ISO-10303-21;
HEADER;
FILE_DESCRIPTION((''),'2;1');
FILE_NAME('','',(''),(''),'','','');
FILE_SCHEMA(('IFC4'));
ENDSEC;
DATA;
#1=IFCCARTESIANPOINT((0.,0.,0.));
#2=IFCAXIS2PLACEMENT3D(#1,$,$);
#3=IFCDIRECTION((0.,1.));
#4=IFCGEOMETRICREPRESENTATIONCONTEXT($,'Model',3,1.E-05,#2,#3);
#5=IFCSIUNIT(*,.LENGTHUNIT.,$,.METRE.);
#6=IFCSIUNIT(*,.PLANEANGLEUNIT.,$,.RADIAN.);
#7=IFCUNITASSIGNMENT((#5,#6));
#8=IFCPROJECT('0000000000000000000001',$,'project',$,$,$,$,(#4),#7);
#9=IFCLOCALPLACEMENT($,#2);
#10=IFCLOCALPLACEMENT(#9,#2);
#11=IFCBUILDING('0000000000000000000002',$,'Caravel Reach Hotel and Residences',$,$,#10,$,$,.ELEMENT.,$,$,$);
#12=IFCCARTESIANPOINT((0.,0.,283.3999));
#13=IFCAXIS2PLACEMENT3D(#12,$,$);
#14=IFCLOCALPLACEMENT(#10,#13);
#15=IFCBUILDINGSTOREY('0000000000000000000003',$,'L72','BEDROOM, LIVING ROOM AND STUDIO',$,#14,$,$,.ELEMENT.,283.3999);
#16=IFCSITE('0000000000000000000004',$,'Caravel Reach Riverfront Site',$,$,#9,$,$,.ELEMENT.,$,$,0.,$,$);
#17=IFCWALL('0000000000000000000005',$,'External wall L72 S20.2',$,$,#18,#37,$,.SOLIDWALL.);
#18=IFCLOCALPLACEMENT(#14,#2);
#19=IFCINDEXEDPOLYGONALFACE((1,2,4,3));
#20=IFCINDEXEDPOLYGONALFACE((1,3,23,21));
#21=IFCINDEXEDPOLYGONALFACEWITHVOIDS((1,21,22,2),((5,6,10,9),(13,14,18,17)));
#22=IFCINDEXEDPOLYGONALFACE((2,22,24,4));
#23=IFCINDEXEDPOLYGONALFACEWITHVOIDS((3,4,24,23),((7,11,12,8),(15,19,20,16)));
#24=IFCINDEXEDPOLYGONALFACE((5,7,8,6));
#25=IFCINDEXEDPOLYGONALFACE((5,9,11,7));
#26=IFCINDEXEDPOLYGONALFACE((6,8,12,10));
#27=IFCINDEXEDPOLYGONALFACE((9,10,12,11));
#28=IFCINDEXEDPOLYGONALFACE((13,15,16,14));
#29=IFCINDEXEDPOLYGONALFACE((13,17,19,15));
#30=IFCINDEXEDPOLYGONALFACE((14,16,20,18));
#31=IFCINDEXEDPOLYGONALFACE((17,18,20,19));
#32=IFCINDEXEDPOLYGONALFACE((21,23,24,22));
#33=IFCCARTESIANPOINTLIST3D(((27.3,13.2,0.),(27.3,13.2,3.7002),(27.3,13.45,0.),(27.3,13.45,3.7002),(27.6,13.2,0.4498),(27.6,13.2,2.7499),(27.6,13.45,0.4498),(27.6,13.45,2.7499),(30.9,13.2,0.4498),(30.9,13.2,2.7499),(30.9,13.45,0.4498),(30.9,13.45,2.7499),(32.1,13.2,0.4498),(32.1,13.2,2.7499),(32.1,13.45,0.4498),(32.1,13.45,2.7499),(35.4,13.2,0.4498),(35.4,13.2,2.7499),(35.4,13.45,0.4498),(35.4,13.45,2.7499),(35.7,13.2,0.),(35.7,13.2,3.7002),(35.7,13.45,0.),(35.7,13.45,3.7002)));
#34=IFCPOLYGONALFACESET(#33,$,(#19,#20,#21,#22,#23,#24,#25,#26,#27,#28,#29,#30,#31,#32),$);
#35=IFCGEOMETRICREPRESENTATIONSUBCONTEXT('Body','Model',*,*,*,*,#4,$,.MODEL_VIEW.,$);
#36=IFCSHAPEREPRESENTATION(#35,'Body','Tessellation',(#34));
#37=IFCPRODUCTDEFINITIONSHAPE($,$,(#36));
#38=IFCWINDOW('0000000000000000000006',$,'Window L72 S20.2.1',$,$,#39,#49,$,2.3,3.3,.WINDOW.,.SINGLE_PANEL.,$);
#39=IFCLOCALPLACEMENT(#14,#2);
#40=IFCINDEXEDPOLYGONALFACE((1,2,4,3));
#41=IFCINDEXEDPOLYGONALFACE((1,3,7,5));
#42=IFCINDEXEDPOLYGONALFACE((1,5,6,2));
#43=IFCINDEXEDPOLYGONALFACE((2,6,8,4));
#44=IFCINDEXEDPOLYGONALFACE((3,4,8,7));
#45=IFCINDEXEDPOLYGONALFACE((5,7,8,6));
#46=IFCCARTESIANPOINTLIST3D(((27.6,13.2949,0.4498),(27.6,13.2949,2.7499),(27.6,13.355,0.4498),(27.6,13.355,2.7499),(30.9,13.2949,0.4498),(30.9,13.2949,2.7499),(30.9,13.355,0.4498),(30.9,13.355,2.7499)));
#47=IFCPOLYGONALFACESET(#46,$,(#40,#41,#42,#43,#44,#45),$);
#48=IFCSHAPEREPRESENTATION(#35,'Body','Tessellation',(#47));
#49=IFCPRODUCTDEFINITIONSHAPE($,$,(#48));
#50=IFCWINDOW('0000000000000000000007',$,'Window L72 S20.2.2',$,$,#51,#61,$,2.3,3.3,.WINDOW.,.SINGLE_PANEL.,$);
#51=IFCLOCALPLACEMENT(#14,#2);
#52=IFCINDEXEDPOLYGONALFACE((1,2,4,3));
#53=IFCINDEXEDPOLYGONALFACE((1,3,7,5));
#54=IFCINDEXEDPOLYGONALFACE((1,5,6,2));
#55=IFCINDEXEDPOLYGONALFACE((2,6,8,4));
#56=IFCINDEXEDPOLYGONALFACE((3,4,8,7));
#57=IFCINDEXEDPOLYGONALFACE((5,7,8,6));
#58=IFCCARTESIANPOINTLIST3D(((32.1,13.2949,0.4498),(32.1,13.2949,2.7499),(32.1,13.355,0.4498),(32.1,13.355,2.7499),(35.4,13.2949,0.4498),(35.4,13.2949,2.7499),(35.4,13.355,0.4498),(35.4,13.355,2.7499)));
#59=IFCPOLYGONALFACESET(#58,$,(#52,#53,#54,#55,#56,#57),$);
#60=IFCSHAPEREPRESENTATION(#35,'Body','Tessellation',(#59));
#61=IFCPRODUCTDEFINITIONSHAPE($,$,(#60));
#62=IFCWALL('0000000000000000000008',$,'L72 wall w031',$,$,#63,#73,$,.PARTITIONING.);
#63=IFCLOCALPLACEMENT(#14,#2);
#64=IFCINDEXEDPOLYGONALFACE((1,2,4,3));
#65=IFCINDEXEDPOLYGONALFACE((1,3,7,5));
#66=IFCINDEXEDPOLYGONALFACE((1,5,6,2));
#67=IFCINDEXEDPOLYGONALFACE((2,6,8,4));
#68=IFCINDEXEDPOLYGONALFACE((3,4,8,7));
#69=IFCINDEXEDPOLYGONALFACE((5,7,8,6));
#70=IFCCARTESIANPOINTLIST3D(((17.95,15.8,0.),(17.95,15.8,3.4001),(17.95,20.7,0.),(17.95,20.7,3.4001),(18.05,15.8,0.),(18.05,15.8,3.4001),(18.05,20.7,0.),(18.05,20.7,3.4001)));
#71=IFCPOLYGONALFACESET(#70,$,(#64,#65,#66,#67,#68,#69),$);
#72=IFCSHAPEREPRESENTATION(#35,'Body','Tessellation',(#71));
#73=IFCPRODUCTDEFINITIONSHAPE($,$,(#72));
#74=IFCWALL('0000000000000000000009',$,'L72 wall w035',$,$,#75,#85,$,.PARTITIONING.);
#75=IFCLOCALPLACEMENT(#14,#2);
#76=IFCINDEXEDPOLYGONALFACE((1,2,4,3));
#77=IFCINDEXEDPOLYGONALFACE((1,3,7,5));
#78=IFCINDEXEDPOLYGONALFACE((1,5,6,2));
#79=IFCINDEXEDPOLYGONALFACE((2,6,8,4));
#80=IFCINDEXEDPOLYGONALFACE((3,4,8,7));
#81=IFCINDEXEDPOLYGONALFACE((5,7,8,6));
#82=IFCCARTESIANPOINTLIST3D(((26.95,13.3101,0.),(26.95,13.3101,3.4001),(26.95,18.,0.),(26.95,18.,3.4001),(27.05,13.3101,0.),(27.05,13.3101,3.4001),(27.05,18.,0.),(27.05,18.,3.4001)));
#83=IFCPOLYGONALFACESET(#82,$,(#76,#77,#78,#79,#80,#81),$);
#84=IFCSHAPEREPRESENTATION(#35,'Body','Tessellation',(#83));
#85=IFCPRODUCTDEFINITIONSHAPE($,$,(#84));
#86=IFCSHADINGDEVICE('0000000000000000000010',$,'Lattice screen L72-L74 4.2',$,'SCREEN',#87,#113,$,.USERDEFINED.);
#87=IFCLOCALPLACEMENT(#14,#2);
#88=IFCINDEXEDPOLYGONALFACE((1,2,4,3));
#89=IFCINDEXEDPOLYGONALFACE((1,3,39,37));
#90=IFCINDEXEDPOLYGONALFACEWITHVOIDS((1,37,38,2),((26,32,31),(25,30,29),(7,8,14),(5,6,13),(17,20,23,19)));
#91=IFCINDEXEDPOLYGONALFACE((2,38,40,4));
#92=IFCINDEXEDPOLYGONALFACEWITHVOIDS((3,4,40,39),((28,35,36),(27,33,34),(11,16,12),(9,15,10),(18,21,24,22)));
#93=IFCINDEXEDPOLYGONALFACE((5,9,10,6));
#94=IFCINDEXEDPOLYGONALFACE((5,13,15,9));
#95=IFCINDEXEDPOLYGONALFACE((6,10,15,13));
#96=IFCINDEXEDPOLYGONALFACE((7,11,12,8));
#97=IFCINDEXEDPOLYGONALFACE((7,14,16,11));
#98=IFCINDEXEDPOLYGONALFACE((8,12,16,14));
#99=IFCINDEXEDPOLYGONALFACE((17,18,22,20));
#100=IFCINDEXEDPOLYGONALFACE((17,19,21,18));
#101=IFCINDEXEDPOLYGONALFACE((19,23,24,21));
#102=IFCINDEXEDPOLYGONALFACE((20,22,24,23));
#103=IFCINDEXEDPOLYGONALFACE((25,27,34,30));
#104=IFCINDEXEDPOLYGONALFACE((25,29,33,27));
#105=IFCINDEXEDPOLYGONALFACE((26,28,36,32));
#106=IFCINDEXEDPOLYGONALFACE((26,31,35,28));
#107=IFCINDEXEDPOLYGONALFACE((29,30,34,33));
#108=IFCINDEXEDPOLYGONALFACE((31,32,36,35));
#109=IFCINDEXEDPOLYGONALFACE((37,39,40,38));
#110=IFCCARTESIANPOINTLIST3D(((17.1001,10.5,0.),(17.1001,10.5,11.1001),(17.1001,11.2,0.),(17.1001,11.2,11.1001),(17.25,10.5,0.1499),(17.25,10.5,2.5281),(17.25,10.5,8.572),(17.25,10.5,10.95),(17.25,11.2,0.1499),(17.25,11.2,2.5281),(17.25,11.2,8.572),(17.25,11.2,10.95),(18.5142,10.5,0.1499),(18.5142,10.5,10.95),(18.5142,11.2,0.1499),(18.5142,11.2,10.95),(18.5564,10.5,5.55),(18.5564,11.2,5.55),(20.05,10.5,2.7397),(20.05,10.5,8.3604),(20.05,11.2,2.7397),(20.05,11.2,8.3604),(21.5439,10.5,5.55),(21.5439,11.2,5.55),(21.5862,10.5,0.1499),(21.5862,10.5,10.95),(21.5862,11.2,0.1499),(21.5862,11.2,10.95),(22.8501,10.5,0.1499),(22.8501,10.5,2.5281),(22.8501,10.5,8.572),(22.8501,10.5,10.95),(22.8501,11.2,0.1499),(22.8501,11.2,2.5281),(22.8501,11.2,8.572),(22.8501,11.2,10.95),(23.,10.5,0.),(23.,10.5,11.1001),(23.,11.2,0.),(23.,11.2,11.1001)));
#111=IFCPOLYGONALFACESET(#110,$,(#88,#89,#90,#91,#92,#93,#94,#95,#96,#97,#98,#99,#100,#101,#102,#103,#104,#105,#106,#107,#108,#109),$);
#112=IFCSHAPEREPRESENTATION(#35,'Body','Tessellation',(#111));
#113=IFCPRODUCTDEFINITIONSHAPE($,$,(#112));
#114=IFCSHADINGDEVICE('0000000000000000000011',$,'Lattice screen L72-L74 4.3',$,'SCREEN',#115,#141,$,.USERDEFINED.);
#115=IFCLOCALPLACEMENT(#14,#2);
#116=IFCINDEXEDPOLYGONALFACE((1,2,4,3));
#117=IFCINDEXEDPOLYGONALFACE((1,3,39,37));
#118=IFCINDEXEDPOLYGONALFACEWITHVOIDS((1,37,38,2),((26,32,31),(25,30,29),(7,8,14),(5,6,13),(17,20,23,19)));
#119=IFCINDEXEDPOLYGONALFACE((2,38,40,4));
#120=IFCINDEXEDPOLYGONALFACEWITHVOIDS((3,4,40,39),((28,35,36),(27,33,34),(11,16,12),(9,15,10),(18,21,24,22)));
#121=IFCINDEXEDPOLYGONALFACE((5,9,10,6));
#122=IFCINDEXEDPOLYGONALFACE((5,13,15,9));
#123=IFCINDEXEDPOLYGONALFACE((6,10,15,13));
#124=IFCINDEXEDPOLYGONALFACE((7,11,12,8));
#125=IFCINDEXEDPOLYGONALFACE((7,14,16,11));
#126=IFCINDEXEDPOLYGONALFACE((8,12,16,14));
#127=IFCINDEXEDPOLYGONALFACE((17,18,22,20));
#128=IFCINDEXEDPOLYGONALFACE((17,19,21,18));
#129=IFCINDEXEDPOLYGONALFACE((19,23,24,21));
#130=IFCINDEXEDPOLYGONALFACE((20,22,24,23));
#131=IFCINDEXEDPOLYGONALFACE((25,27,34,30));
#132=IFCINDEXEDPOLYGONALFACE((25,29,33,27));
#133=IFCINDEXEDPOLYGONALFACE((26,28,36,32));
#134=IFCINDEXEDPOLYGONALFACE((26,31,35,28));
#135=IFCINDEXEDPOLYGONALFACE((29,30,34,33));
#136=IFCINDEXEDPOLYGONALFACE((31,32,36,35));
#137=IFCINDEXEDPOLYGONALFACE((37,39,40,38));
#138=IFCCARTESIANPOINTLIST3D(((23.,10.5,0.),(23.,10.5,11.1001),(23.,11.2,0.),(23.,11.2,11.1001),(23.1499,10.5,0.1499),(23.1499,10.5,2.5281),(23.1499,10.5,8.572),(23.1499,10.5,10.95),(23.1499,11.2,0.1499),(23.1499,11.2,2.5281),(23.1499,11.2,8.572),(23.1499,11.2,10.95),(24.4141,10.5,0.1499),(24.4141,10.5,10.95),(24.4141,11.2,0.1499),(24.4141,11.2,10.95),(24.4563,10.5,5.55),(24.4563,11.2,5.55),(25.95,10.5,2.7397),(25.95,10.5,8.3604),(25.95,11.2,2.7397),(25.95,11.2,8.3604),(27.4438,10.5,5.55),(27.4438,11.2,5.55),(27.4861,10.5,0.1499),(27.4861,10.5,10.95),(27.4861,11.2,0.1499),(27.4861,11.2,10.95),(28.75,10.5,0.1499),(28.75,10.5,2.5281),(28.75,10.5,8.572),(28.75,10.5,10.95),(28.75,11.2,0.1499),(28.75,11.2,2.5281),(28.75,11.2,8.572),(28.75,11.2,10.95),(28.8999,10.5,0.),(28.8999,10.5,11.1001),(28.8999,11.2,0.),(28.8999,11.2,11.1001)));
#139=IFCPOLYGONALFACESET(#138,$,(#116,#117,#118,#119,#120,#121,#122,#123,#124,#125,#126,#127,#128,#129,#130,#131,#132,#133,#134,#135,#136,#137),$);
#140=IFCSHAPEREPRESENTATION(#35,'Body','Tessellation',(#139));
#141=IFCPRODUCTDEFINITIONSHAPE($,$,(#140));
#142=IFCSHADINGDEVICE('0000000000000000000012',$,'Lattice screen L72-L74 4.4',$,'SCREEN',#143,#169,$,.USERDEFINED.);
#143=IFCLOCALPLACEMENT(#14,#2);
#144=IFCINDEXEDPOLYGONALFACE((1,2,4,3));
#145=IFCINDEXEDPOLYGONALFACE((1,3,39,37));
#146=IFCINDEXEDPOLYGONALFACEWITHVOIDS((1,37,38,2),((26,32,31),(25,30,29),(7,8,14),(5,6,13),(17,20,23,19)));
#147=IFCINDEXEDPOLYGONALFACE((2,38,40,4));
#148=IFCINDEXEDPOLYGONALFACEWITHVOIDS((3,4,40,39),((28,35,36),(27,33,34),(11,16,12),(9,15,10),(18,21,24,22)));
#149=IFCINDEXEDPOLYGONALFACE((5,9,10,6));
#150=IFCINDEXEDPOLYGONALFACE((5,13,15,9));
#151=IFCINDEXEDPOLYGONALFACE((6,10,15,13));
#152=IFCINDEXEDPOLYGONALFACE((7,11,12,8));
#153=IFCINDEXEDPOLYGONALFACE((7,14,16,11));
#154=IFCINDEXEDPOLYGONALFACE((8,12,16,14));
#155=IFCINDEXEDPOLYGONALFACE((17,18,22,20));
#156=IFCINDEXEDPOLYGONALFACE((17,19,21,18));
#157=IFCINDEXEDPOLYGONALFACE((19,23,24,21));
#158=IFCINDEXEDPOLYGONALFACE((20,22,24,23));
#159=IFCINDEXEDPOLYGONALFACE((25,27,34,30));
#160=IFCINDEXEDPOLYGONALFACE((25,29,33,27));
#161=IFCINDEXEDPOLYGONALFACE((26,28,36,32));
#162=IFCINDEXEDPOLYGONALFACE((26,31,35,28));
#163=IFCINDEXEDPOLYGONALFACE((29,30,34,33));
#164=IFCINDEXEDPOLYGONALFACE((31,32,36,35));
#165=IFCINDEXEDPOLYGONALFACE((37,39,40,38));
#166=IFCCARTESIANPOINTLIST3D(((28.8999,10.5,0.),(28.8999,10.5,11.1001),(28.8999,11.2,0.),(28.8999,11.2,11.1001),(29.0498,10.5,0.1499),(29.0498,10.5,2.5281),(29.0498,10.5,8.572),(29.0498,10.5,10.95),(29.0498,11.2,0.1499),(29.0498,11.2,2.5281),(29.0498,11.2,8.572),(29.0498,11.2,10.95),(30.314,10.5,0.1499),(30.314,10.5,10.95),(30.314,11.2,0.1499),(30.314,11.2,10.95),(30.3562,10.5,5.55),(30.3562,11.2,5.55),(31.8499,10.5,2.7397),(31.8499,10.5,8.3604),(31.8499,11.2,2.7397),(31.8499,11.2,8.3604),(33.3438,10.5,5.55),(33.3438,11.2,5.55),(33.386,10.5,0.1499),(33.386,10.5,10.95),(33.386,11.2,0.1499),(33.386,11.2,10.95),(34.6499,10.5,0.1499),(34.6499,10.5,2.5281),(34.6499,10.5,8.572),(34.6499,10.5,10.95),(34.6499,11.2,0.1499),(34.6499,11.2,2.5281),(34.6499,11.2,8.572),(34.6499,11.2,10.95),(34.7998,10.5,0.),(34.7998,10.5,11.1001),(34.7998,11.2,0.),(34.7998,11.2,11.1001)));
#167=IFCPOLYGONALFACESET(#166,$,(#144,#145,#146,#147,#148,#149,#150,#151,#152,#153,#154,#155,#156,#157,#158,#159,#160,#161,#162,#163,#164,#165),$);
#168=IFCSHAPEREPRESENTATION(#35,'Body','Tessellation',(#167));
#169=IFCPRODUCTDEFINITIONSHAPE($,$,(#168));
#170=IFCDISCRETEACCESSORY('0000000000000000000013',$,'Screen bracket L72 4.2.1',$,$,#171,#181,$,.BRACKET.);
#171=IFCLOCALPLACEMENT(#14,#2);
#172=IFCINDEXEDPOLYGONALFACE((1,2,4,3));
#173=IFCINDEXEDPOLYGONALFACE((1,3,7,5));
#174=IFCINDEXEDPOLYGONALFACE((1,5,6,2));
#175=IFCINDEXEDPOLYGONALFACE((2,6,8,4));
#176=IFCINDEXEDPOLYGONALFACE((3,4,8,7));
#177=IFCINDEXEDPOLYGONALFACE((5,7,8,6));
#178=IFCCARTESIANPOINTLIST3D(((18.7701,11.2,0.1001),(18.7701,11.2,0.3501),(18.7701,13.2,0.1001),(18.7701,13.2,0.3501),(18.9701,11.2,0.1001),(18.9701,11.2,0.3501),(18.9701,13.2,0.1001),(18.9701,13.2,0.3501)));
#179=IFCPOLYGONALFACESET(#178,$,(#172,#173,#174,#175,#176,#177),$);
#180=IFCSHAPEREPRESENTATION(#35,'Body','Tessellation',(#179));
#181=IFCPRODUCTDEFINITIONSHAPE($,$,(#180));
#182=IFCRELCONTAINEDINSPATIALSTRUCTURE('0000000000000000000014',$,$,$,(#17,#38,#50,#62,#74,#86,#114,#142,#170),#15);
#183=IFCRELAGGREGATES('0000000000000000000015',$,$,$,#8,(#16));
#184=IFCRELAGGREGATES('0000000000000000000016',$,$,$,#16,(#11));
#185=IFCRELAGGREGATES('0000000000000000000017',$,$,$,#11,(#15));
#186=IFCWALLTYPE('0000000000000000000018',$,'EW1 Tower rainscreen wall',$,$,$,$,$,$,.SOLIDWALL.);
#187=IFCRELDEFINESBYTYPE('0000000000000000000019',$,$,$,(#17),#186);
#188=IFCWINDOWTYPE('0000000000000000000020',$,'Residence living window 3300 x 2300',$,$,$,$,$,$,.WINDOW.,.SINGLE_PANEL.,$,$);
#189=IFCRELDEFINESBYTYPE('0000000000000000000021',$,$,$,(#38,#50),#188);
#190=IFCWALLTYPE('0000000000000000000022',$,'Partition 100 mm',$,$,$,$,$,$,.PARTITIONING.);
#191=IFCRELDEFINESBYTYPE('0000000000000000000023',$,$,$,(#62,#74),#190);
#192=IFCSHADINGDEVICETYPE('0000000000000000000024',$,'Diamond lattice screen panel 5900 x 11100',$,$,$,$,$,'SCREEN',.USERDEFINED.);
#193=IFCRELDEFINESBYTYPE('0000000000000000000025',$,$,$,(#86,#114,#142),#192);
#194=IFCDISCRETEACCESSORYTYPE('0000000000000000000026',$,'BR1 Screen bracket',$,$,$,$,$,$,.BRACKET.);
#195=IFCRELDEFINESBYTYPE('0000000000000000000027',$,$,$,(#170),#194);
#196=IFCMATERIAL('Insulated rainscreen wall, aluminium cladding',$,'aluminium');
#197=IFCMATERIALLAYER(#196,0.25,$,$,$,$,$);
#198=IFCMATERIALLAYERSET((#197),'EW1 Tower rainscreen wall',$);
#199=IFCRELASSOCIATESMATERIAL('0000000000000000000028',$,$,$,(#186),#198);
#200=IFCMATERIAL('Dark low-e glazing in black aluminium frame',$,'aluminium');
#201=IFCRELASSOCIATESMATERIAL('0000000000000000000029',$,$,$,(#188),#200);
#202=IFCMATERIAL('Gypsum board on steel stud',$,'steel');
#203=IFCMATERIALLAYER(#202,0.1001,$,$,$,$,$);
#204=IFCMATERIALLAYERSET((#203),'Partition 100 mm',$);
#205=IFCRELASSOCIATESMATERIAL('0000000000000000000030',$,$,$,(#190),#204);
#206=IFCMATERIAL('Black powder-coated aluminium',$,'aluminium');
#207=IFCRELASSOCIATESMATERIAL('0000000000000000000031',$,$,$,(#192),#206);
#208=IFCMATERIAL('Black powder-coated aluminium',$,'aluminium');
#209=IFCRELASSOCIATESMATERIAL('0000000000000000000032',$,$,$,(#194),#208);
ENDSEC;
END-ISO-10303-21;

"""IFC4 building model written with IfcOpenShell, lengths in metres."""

from ifc_helpers import new_model, si_unit, direction, frame, frame_2d, origin, origin_2d, place, context, subcontext, project, spatial, polyline, rectangle, outline, extrude, material, layer, layer_set, type_object, element, fill, save


model = new_model("IFC4")

# Units and contexts
model_context = context("Model", 3, precision=1e-05, world=origin(), true_north=direction((0.0, 1.0)))
body_context = subcontext(model_context, "Body", "Model", "MODEL_VIEW")
ifc_project = project(units=[si_unit("LENGTHUNIT", "METRE"), si_unit("PLANEANGLEUNIT", "RADIAN")], contexts=[model_context])

# Site, building, storey
site_placement = place(None, origin())
site = spatial("IfcSite", under=ifc_project, at=site_placement, Name="Caravel Reach Riverfront Site", CompositionType="ELEMENT", RefElevation=0.0)
building_placement = place(site_placement, origin())
building = spatial("IfcBuilding", under=site, at=building_placement, Name="Caravel Reach Hotel and Residences", CompositionType="ELEMENT")
storey_placement = place(building_placement, frame((0.0, 0.0, 283.3999)))
storey = spatial("IfcBuildingStorey", under=building, at=storey_placement, Name="L72", Description="BEDROOM, LIVING ROOM AND STUDIO", CompositionType="ELEMENT", Elevation=283.3999)

# Shared definitions
ifc_material_1 = material(Name="Insulated rainscreen wall, aluminium cladding", Category="aluminium")
ifc_layer_1 = layer(ifc_material_1, 0.25)
ifc_layer_set_1 = layer_set([ifc_layer_1], Name="EW1 Tower rainscreen wall")
wall_type_1 = type_object("IfcWallType", Name="EW1 Tower rainscreen wall", PredefinedType="SOLIDWALL", material=ifc_layer_set_1)

# Wall, openings, windows
ifc_material_2 = material(Name="Dark low-e glazing in black aluminium frame", Category="aluminium")
window_type_1 = type_object("IfcWindowType", Name="Residence living window 3300 x 2300", PartitioningType="SINGLE_PANEL", PredefinedType="WINDOW", material=ifc_material_2)
wall_1_placement = place(storey_placement, frame((27.3, 13.325, 0.0), z_axis=(0.0, 0.0, 1.0), x_axis=(1.0, 0.0, 0.0)))
wall_1 = element("IfcWall", 1, at=wall_1_placement, inside=storey, type_object=wall_type_1, Name="External wall L72 S20.2", PredefinedType="SOLIDWALL", context=body_context, shape_type="SweptSolid", body=[
    extrude(rectangle(XDim=8.3999, YDim=0.25, at=frame_2d((4.2, 0.0))), origin(), (0.0, 0.0, 1.0), 3.7002),
])
opening_1_placement = place(wall_1_placement, frame((0.3, 0.0, 0.45)))
opening_1 = element("IfcOpeningElement", 2, at=opening_1_placement, cuts=wall_1, PredefinedType="OPENING", context=body_context, shape_type="SweptSolid", body=[
    extrude(rectangle(XDim=3.3, YDim=2.3, at=frame_2d((1.6499, 1.1499))), frame((0.0, 0.135, 0.0), z_axis=(0.0, -1.0, 0.0), x_axis=(1.0, 0.0, 0.0)), (0.0, 0.0, 1.0), 0.27),
])
opening_2_placement = place(wall_1_placement, frame((4.8, 0.0, 0.45)))
opening_2 = element("IfcOpeningElement", 3, at=opening_2_placement, cuts=wall_1, PredefinedType="OPENING", context=body_context, shape_type="SweptSolid", body=[
    extrude(rectangle(XDim=3.3, YDim=2.3, at=frame_2d((1.6499, 1.1499))), frame((0.0, 0.135, 0.0), z_axis=(0.0, -1.0, 0.0), x_axis=(1.0, 0.0, 0.0)), (0.0, 0.0, 1.0), 0.27),
])
window_1_placement = place(opening_1_placement, origin())
window_1 = element("IfcWindow", 4, at=window_1_placement, inside=storey, type_object=window_type_1, Name="Window L72 S20.2.1", OverallHeight=2.3, OverallWidth=3.3, PartitioningType="SINGLE_PANEL", PredefinedType="WINDOW", context=body_context, shape_type="SweptSolid", body=[
    extrude(rectangle(XDim=3.3, YDim=2.3, at=frame_2d((1.6499, 1.1499))), frame((0.0, 0.03, 0.0), z_axis=(0.0, -1.0, 0.0), x_axis=(1.0, 0.0, 0.0)), (0.0, 0.0, 1.0), 0.0601),
])
fill(opening_1, window_1)
window_2_placement = place(opening_2_placement, origin())
window_2 = element("IfcWindow", 5, at=window_2_placement, inside=storey, type_object=window_type_1, Name="Window L72 S20.2.2", OverallHeight=2.3, OverallWidth=3.3, PartitioningType="SINGLE_PANEL", PredefinedType="WINDOW", context=body_context, shape_type="SweptSolid", body=[
    extrude(rectangle(XDim=3.3, YDim=2.3, at=frame_2d((1.6499, 1.1499))), frame((0.0, 0.03, 0.0), z_axis=(0.0, -1.0, 0.0), x_axis=(1.0, 0.0, 0.0)), (0.0, 0.0, 1.0), 0.0601),
])
fill(opening_2, window_2)

# Walls
ifc_material_3 = material(Name="Gypsum board on steel stud", Category="steel")
ifc_layer_2 = layer(ifc_material_3, 0.1001)
ifc_layer_set_2 = layer_set([ifc_layer_2], Name="Partition 100 mm")
wall_type_2 = type_object("IfcWallType", Name="Partition 100 mm", PredefinedType="PARTITIONING", material=ifc_layer_set_2)
wall_2_placement = place(storey_placement, frame((18.0, 15.8, 0.0), z_axis=(0.0, 0.0, 1.0), x_axis=(0.0, 1.0, 0.0)))
element("IfcWall", 6, at=wall_2_placement, inside=storey, type_object=wall_type_2, Name="L72 wall w031", PredefinedType="PARTITIONING", context=body_context, shape_type="SweptSolid", body=[
    extrude(rectangle(XDim=4.8999, YDim=0.1001, at=frame_2d((2.45, 0.0))), origin(), (0.0, 0.0, 1.0), 3.4001),
])
wall_3_placement = place(storey_placement, frame((27.0, 13.3101, 0.0), z_axis=(0.0, 0.0, 1.0), x_axis=(0.0, 1.0, 0.0)))
element("IfcWall", 7, at=wall_3_placement, inside=storey, type_object=wall_type_2, Name="L72 wall w035", PredefinedType="PARTITIONING", context=body_context, shape_type="SweptSolid", body=[
    extrude(rectangle(XDim=4.6899, YDim=0.1001, at=frame_2d((2.345, 0.0))), origin(), (0.0, 0.0, 1.0), 3.4001),
])

# Shading devices
ifc_material_4 = material(Name="Black powder-coated aluminium", Category="aluminium")
shading_device_type = type_object("IfcShadingDeviceType", Name="Diamond lattice screen panel 5900 x 11100", ElementType="SCREEN", PredefinedType="USERDEFINED", material=ifc_material_4)
for number, where, z_axis, x_axis, name in (
    (8, (17.1001, 11.2, 0.0), (0.0, -1.0, 0.0), (1.0, 0.0, 0.0), "Lattice screen L72-L74 4.2"),
    (9, (23.0, 11.2, 0.0), (0.0, -1.0, 0.0), (1.0, 0.0, 0.0), "Lattice screen L72-L74 4.3"),
    (10, (28.8999, 11.2, 0.0), (0.0, -1.0, 0.0), (1.0, 0.0, 0.0), "Lattice screen L72-L74 4.4"),
):
    element("IfcShadingDevice", number, at=place(storey_placement, frame(where, z_axis=z_axis, x_axis=x_axis)), inside=storey, type_object=shading_device_type, Name=name, ObjectType="SCREEN", PredefinedType="USERDEFINED", context=body_context, shape_type="SweptSolid", body=[
        extrude(outline(polyline([(0.0, 0.0), (5.8999, 0.0), (5.8999, 11.1001), (0.0, 11.1001), (0.0, 0.0)]), holes=[polyline([(1.4141, 0.1499), (0.1499, 2.5281), (0.1499, 0.1499), (1.4141, 0.1499)]), polyline([(0.1499, 8.572), (1.4141, 10.95), (0.1499, 10.95), (0.1499, 8.572)]), polyline([(2.95, 8.3604), (1.4563, 5.55), (2.95, 2.7397), (4.4438, 5.55), (2.95, 8.3604)]), polyline([(5.75, 2.5281), (4.4861, 0.1499), (5.75, 0.1499), (5.75, 2.5281)]), polyline([(4.4861, 10.95), (5.75, 8.572), (5.75, 10.95), (4.4861, 10.95)])]), origin(), (0.0, 0.0, 1.0), 0.7),
    ])

# Discrete accessory
ifc_material_5 = material(Name="Black powder-coated aluminium", Category="aluminium")
discrete_accessory_type = type_object("IfcDiscreteAccessoryType", Name="BR1 Screen bracket", PredefinedType="BRACKET", material=ifc_material_5)
for number, where, z_axis, x_axis, name in (
    (11, (18.8701, 12.2, 0.1001), (0.0, 0.0, 1.0), (0.0, -1.0, 0.0), "Screen bracket L72 4.2.1"),
):
    element("IfcDiscreteAccessory", number, at=place(storey_placement, frame(where, z_axis=z_axis, x_axis=x_axis)), inside=storey, type_object=discrete_accessory_type, Name=name, PredefinedType="BRACKET", context=body_context, shape_type="SweptSolid", body=[
        extrude(rectangle(XDim=2.0, YDim=0.2, at=origin_2d()), origin(), (0.0, 0.0, 1.0), 0.25),
    ])

save(model, "model.ifc")
